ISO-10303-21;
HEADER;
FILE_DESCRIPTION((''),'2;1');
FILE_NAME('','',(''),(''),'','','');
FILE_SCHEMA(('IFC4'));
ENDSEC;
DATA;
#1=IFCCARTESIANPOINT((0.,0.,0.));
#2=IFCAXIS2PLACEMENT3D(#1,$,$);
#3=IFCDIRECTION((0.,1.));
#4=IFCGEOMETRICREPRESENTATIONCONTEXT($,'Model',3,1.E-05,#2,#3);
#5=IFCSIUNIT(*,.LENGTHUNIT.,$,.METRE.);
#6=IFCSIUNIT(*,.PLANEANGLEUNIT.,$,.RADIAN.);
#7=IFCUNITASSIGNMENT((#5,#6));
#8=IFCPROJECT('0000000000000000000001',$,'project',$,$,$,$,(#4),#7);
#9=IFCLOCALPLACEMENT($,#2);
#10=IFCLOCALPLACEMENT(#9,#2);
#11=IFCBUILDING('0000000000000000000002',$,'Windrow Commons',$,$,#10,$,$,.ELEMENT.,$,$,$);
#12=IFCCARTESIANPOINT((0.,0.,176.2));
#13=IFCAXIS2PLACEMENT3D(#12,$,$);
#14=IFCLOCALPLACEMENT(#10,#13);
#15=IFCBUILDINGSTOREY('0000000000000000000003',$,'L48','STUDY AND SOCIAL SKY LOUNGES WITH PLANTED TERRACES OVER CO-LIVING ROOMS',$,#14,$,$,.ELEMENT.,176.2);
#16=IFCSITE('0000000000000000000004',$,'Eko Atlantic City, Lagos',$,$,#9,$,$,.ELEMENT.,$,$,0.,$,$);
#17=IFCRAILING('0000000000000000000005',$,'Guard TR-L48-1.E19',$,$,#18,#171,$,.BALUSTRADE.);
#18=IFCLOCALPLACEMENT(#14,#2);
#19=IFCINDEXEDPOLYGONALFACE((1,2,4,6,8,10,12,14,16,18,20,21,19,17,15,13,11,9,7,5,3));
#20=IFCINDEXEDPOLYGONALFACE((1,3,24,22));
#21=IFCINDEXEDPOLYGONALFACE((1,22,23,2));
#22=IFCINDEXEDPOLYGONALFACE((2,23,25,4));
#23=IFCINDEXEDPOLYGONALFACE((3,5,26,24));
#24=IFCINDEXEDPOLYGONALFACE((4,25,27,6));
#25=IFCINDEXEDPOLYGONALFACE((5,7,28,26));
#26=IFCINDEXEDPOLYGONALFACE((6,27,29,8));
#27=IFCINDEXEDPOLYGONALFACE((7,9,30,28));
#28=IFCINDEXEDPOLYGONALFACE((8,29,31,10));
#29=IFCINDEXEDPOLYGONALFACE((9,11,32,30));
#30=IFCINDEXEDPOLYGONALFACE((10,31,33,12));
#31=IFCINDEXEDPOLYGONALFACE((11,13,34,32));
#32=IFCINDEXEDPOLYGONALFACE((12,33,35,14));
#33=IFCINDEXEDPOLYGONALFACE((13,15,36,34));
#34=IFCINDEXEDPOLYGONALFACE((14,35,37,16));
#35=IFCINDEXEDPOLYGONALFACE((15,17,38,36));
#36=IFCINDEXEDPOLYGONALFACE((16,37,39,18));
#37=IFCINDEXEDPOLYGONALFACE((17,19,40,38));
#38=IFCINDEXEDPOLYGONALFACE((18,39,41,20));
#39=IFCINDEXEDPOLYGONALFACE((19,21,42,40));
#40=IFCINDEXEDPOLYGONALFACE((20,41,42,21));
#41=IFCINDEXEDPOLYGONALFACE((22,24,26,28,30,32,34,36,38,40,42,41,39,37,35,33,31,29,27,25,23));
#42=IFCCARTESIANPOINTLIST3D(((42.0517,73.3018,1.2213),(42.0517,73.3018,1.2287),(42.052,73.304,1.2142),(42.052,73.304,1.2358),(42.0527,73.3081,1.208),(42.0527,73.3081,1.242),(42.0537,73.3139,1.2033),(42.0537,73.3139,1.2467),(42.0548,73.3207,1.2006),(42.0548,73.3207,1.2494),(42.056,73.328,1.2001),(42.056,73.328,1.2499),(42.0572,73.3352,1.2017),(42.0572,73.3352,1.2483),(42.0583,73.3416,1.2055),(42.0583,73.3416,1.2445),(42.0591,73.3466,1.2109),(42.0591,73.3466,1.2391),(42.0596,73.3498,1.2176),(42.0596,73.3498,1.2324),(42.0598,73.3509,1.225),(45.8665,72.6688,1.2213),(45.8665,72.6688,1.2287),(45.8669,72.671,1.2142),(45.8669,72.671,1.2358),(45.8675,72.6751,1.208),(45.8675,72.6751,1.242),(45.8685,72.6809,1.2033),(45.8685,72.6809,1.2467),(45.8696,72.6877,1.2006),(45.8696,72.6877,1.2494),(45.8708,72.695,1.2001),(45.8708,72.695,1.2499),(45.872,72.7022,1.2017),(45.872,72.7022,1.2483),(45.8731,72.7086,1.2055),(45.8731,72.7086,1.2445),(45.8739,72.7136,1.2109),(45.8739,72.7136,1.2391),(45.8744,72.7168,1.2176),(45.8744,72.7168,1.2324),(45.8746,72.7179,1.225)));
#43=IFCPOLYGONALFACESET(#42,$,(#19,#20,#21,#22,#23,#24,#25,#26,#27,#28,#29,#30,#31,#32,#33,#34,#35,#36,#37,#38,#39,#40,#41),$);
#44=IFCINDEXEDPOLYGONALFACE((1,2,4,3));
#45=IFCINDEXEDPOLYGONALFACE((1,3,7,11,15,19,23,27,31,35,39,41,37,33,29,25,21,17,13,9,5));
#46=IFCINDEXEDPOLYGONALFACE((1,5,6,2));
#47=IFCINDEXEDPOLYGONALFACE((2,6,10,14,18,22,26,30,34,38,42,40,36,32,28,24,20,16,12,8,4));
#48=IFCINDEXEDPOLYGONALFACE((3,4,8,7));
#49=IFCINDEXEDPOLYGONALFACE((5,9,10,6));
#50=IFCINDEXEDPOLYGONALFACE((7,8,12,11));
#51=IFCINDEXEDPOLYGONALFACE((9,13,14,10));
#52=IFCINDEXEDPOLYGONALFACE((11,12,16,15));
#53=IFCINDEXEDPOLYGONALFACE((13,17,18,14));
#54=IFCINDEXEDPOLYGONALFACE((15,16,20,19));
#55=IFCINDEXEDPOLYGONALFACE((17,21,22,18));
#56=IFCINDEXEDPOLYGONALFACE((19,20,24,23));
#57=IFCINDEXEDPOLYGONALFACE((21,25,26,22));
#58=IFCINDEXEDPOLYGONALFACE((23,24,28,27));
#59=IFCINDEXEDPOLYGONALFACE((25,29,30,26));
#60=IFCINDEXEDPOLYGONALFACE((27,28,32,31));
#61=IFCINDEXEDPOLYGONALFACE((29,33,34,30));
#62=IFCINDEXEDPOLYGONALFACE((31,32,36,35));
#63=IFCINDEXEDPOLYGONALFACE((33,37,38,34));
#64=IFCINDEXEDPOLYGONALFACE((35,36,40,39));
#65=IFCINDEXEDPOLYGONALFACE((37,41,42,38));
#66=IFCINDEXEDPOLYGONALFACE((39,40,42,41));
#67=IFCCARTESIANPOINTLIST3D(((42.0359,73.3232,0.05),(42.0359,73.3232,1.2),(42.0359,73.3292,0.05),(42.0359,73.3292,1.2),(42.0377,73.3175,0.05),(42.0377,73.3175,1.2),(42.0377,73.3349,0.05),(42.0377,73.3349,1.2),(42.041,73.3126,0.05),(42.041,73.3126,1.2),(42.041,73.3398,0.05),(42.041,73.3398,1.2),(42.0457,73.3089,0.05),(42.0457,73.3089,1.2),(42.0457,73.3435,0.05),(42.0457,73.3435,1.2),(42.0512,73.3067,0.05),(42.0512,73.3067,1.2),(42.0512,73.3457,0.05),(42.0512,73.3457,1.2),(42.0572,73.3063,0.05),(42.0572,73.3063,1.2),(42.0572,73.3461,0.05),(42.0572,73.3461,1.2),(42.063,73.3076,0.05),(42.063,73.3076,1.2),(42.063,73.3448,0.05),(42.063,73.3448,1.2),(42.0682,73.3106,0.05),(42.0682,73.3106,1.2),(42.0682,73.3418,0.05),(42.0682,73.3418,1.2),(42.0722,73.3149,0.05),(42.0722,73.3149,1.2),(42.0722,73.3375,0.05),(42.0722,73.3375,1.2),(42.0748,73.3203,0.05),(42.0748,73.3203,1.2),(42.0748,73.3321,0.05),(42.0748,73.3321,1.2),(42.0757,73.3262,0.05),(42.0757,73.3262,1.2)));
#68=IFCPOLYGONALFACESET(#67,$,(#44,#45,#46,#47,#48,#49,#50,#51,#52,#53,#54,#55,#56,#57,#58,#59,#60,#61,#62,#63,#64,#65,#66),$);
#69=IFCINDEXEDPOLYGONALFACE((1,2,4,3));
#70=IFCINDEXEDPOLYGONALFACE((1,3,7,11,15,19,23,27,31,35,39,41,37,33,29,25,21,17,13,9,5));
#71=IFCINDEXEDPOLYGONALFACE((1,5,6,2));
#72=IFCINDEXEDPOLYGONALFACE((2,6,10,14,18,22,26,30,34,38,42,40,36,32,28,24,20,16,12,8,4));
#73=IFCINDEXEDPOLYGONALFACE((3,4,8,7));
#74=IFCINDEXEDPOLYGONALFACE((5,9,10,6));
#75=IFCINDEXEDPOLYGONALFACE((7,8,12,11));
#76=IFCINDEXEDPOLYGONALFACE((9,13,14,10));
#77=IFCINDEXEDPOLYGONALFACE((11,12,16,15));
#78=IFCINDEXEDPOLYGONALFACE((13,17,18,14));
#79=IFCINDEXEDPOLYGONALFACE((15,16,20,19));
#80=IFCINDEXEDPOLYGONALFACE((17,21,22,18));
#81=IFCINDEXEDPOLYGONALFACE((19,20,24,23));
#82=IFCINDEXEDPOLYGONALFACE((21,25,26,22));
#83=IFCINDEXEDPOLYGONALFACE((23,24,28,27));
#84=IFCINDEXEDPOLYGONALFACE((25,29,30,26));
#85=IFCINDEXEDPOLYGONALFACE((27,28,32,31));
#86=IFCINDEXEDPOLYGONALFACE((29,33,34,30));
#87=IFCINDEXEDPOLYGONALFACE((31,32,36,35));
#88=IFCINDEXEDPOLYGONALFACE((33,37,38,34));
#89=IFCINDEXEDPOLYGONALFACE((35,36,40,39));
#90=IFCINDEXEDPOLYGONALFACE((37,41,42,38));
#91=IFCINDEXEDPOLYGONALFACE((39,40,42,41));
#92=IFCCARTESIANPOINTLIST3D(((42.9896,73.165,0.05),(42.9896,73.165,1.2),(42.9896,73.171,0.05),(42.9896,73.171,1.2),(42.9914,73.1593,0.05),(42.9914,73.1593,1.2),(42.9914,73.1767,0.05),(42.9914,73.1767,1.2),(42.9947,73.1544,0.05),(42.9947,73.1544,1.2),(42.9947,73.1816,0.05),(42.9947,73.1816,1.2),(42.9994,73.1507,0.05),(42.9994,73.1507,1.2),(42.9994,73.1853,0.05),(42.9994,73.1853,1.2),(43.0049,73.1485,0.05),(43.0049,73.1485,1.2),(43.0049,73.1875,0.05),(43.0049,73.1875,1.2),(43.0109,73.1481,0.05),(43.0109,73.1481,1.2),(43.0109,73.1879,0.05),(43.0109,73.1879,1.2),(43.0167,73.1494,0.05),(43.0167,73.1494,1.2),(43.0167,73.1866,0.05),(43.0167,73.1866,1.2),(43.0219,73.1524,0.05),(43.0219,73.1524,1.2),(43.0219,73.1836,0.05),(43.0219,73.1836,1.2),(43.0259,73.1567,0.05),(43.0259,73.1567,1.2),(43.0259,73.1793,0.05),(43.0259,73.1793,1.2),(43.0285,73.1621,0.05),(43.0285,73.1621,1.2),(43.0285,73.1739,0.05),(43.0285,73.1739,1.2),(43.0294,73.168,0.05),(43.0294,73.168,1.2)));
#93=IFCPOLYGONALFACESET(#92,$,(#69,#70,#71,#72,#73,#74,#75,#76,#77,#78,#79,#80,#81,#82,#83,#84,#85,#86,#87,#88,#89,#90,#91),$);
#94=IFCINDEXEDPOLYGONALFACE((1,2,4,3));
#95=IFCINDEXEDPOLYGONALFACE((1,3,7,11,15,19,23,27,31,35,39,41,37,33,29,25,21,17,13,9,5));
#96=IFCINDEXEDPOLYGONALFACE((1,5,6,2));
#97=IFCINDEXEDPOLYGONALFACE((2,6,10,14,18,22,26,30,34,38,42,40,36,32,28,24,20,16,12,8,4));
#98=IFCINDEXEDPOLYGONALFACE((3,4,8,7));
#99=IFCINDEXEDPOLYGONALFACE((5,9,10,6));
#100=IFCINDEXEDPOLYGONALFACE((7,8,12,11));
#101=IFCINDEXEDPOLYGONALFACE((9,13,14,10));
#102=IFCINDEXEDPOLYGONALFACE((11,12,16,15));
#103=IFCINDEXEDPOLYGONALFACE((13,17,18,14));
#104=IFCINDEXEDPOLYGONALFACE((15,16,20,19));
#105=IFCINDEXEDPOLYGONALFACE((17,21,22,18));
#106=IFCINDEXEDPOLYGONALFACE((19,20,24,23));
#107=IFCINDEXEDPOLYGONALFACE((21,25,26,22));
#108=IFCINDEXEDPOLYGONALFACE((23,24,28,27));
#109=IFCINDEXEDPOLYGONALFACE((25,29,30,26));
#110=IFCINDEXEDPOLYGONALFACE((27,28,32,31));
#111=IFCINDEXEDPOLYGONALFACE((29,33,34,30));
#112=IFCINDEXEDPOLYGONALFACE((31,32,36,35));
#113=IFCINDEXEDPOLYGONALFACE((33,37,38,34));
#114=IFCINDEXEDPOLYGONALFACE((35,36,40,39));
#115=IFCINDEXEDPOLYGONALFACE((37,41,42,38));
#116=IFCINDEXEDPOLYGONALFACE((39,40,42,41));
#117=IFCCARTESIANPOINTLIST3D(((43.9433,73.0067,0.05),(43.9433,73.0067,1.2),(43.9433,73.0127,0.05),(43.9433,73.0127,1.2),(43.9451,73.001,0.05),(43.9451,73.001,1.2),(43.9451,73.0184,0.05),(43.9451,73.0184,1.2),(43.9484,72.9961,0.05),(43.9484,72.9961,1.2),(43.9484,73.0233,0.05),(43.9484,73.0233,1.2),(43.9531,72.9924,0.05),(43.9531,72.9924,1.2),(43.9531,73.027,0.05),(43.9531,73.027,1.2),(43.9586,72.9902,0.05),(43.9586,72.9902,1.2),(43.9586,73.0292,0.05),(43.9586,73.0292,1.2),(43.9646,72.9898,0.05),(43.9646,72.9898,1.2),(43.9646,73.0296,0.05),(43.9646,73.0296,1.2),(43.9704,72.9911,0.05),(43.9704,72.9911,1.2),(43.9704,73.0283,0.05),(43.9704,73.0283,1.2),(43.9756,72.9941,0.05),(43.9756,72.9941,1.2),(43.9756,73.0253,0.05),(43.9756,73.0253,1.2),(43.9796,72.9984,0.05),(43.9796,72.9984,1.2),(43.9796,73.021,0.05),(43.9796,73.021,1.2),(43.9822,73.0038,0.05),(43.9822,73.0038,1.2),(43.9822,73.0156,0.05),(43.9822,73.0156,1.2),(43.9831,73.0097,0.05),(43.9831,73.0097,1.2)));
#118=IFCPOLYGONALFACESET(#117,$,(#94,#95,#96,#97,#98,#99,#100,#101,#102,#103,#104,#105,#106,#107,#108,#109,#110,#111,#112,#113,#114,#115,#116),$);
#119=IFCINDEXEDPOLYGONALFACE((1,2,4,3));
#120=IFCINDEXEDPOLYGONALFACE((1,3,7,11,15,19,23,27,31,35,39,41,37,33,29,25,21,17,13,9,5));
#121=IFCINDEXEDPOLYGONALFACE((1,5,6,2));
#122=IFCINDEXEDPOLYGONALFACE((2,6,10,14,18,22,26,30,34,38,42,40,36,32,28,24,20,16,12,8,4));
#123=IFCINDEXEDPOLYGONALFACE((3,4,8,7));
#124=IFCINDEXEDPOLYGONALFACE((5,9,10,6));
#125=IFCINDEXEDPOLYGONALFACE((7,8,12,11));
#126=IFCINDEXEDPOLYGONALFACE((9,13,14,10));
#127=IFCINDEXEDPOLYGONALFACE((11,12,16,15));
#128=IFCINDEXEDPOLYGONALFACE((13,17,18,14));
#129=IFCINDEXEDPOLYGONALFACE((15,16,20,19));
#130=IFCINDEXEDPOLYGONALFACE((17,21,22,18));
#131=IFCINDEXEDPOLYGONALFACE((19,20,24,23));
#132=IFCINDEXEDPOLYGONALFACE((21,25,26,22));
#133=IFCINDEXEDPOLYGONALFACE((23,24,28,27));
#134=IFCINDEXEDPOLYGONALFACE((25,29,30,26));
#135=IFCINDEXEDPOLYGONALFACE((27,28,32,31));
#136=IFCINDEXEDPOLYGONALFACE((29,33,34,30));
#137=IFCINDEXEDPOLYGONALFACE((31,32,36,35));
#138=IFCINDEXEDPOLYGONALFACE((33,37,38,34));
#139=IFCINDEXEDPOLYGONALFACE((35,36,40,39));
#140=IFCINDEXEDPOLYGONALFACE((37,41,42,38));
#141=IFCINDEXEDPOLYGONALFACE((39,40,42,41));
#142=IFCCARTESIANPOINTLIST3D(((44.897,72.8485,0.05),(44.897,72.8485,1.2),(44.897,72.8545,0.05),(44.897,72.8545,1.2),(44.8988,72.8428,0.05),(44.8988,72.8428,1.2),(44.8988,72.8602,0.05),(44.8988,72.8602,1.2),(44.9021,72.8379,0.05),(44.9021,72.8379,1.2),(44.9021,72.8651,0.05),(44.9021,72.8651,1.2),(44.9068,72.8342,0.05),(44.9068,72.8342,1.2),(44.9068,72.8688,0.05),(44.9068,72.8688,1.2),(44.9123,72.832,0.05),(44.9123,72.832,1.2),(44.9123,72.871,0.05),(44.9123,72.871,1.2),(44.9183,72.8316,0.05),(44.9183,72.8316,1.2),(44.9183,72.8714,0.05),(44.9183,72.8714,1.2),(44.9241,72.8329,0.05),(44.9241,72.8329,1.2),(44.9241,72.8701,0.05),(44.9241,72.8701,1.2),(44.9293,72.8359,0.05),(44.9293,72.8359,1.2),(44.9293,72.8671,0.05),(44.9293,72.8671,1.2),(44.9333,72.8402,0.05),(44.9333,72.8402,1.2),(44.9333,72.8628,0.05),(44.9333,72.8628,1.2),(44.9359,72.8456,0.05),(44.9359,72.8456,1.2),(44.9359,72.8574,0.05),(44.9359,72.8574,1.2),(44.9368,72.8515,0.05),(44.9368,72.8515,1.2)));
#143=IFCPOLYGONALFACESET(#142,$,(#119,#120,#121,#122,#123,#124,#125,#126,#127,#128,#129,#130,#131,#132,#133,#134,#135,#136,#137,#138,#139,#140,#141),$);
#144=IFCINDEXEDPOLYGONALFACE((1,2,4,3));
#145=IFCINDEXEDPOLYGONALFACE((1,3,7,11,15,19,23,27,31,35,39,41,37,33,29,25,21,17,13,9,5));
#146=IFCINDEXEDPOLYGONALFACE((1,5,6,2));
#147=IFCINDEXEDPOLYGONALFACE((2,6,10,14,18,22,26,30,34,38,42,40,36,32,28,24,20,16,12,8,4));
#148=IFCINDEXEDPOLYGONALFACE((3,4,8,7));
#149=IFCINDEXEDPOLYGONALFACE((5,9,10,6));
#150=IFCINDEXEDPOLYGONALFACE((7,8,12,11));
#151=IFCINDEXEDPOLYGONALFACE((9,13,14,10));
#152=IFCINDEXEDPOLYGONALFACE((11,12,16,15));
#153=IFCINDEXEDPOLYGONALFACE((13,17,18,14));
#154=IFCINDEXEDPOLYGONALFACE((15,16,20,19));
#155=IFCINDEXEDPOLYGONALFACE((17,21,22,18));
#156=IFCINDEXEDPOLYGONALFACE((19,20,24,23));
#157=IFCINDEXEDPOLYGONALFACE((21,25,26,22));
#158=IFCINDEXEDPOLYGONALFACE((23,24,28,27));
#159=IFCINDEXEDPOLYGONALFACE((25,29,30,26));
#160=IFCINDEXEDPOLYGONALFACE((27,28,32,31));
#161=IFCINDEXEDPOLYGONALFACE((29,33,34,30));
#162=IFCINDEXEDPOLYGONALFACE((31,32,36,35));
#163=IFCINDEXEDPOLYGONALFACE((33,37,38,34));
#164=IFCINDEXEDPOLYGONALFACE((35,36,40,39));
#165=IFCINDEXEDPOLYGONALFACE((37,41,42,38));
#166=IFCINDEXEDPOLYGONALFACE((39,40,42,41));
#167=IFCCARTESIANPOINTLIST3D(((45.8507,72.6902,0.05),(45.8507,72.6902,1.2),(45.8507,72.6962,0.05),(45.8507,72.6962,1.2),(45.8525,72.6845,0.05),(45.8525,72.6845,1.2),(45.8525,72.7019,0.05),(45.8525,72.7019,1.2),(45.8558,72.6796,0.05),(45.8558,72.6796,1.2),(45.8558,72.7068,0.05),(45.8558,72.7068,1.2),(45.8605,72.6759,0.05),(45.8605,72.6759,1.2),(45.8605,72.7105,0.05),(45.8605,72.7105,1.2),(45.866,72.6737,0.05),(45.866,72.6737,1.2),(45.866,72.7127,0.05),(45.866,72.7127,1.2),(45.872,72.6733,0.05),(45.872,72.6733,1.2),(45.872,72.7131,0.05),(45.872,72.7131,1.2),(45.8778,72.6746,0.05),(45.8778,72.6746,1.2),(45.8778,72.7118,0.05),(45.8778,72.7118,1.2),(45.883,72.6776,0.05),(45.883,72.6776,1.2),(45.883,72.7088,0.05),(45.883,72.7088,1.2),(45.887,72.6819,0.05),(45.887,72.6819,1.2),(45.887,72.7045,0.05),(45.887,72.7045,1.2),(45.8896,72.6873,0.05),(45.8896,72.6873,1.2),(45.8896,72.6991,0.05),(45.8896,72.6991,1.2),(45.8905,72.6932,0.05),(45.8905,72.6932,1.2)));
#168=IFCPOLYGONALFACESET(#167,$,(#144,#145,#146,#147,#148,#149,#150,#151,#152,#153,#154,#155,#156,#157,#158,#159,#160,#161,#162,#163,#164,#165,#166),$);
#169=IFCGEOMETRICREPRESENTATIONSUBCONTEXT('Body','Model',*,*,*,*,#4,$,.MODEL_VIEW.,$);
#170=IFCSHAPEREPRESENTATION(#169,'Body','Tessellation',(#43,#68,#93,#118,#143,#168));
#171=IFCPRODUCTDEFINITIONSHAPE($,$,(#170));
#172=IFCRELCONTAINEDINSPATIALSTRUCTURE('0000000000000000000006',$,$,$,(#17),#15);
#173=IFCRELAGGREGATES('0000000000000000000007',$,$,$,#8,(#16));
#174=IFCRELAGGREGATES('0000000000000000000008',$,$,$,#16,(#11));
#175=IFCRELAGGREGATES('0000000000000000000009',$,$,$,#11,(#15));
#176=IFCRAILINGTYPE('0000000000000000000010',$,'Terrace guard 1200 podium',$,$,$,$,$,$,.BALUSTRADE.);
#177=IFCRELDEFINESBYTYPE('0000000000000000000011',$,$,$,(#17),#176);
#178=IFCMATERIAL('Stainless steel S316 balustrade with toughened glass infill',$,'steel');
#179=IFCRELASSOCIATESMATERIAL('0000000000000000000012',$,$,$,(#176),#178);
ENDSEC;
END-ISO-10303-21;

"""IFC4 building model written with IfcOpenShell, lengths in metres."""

from ifc_helpers import new_model, si_unit, direction, frame, origin, origin_2d, place, context, subcontext, project, spatial, circle, extrude, material, type_object, element, save


model = new_model("IFC4")

# Units and contexts
model_context = context("Model", 3, precision=1e-05, world=origin(), true_north=direction((0.0, 1.0)))
body_context = subcontext(model_context, "Body", "Model", "MODEL_VIEW")
ifc_project = project(units=[si_unit("LENGTHUNIT", "METRE"), si_unit("PLANEANGLEUNIT", "RADIAN")], contexts=[model_context])

# Site, building, storey
site_placement = place(None, origin())
site = spatial("IfcSite", under=ifc_project, at=site_placement, Name="Eko Atlantic City, Lagos", CompositionType="ELEMENT", RefElevation=0.0)
building_placement = place(site_placement, origin())
building = spatial("IfcBuilding", under=site, at=building_placement, Name="Windrow Commons", CompositionType="ELEMENT")
storey_placement = place(building_placement, frame((0.0, 0.0, 176.2)))
storey = spatial("IfcBuildingStorey", under=building, at=storey_placement, Name="L48", Description="STUDY AND SOCIAL SKY LOUNGES WITH PLANTED TERRACES OVER CO-LIVING ROOMS", CompositionType="ELEMENT", Elevation=176.2)

# Railing
ifc_material_1 = material(Name="Stainless steel S316 balustrade with toughened glass infill", Category="steel")
railing_type = type_object("IfcRailingType", Name="Terrace guard 1200 podium", PredefinedType="BALUSTRADE", material=ifc_material_1)
railing_1_placement = place(storey_placement, frame((42.0557, 73.3262, 0.05)))
element("IfcRailing", 1, at=railing_1_placement, inside=storey, type_object=railing_type, Name="Guard TR-L48-1.E19", PredefinedType="BALUSTRADE", context=body_context, shape_type="SweptSolid", body=[
    extrude(circle(Radius=0.025, at=origin_2d()), frame((0.0, 0.0, 1.175), z_axis=(0.986511, -0.163694, 0.0), x_axis=(0.163694, 0.986511, 0.0)), (0.0, 0.0, 1.0), 3.867),
    extrude(circle(Radius=0.02, at=origin_2d()), origin(), (0.0, 0.0, 1.0), 1.15),
    extrude(circle(Radius=0.02, at=origin_2d()), frame((0.9537, -0.1582, 0.0)), (0.0, 0.0, 1.0), 1.15),
    extrude(circle(Radius=0.02, at=origin_2d()), frame((1.9074, -0.3165, 0.0)), (0.0, 0.0, 1.0), 1.15),
    extrude(circle(Radius=0.02, at=origin_2d()), frame((2.8611, -0.4747, 0.0)), (0.0, 0.0, 1.0), 1.15),
    extrude(circle(Radius=0.02, at=origin_2d()), frame((3.8148, -0.633, 0.0)), (0.0, 0.0, 1.0), 1.15),
])

save(model, "model.ifc")
